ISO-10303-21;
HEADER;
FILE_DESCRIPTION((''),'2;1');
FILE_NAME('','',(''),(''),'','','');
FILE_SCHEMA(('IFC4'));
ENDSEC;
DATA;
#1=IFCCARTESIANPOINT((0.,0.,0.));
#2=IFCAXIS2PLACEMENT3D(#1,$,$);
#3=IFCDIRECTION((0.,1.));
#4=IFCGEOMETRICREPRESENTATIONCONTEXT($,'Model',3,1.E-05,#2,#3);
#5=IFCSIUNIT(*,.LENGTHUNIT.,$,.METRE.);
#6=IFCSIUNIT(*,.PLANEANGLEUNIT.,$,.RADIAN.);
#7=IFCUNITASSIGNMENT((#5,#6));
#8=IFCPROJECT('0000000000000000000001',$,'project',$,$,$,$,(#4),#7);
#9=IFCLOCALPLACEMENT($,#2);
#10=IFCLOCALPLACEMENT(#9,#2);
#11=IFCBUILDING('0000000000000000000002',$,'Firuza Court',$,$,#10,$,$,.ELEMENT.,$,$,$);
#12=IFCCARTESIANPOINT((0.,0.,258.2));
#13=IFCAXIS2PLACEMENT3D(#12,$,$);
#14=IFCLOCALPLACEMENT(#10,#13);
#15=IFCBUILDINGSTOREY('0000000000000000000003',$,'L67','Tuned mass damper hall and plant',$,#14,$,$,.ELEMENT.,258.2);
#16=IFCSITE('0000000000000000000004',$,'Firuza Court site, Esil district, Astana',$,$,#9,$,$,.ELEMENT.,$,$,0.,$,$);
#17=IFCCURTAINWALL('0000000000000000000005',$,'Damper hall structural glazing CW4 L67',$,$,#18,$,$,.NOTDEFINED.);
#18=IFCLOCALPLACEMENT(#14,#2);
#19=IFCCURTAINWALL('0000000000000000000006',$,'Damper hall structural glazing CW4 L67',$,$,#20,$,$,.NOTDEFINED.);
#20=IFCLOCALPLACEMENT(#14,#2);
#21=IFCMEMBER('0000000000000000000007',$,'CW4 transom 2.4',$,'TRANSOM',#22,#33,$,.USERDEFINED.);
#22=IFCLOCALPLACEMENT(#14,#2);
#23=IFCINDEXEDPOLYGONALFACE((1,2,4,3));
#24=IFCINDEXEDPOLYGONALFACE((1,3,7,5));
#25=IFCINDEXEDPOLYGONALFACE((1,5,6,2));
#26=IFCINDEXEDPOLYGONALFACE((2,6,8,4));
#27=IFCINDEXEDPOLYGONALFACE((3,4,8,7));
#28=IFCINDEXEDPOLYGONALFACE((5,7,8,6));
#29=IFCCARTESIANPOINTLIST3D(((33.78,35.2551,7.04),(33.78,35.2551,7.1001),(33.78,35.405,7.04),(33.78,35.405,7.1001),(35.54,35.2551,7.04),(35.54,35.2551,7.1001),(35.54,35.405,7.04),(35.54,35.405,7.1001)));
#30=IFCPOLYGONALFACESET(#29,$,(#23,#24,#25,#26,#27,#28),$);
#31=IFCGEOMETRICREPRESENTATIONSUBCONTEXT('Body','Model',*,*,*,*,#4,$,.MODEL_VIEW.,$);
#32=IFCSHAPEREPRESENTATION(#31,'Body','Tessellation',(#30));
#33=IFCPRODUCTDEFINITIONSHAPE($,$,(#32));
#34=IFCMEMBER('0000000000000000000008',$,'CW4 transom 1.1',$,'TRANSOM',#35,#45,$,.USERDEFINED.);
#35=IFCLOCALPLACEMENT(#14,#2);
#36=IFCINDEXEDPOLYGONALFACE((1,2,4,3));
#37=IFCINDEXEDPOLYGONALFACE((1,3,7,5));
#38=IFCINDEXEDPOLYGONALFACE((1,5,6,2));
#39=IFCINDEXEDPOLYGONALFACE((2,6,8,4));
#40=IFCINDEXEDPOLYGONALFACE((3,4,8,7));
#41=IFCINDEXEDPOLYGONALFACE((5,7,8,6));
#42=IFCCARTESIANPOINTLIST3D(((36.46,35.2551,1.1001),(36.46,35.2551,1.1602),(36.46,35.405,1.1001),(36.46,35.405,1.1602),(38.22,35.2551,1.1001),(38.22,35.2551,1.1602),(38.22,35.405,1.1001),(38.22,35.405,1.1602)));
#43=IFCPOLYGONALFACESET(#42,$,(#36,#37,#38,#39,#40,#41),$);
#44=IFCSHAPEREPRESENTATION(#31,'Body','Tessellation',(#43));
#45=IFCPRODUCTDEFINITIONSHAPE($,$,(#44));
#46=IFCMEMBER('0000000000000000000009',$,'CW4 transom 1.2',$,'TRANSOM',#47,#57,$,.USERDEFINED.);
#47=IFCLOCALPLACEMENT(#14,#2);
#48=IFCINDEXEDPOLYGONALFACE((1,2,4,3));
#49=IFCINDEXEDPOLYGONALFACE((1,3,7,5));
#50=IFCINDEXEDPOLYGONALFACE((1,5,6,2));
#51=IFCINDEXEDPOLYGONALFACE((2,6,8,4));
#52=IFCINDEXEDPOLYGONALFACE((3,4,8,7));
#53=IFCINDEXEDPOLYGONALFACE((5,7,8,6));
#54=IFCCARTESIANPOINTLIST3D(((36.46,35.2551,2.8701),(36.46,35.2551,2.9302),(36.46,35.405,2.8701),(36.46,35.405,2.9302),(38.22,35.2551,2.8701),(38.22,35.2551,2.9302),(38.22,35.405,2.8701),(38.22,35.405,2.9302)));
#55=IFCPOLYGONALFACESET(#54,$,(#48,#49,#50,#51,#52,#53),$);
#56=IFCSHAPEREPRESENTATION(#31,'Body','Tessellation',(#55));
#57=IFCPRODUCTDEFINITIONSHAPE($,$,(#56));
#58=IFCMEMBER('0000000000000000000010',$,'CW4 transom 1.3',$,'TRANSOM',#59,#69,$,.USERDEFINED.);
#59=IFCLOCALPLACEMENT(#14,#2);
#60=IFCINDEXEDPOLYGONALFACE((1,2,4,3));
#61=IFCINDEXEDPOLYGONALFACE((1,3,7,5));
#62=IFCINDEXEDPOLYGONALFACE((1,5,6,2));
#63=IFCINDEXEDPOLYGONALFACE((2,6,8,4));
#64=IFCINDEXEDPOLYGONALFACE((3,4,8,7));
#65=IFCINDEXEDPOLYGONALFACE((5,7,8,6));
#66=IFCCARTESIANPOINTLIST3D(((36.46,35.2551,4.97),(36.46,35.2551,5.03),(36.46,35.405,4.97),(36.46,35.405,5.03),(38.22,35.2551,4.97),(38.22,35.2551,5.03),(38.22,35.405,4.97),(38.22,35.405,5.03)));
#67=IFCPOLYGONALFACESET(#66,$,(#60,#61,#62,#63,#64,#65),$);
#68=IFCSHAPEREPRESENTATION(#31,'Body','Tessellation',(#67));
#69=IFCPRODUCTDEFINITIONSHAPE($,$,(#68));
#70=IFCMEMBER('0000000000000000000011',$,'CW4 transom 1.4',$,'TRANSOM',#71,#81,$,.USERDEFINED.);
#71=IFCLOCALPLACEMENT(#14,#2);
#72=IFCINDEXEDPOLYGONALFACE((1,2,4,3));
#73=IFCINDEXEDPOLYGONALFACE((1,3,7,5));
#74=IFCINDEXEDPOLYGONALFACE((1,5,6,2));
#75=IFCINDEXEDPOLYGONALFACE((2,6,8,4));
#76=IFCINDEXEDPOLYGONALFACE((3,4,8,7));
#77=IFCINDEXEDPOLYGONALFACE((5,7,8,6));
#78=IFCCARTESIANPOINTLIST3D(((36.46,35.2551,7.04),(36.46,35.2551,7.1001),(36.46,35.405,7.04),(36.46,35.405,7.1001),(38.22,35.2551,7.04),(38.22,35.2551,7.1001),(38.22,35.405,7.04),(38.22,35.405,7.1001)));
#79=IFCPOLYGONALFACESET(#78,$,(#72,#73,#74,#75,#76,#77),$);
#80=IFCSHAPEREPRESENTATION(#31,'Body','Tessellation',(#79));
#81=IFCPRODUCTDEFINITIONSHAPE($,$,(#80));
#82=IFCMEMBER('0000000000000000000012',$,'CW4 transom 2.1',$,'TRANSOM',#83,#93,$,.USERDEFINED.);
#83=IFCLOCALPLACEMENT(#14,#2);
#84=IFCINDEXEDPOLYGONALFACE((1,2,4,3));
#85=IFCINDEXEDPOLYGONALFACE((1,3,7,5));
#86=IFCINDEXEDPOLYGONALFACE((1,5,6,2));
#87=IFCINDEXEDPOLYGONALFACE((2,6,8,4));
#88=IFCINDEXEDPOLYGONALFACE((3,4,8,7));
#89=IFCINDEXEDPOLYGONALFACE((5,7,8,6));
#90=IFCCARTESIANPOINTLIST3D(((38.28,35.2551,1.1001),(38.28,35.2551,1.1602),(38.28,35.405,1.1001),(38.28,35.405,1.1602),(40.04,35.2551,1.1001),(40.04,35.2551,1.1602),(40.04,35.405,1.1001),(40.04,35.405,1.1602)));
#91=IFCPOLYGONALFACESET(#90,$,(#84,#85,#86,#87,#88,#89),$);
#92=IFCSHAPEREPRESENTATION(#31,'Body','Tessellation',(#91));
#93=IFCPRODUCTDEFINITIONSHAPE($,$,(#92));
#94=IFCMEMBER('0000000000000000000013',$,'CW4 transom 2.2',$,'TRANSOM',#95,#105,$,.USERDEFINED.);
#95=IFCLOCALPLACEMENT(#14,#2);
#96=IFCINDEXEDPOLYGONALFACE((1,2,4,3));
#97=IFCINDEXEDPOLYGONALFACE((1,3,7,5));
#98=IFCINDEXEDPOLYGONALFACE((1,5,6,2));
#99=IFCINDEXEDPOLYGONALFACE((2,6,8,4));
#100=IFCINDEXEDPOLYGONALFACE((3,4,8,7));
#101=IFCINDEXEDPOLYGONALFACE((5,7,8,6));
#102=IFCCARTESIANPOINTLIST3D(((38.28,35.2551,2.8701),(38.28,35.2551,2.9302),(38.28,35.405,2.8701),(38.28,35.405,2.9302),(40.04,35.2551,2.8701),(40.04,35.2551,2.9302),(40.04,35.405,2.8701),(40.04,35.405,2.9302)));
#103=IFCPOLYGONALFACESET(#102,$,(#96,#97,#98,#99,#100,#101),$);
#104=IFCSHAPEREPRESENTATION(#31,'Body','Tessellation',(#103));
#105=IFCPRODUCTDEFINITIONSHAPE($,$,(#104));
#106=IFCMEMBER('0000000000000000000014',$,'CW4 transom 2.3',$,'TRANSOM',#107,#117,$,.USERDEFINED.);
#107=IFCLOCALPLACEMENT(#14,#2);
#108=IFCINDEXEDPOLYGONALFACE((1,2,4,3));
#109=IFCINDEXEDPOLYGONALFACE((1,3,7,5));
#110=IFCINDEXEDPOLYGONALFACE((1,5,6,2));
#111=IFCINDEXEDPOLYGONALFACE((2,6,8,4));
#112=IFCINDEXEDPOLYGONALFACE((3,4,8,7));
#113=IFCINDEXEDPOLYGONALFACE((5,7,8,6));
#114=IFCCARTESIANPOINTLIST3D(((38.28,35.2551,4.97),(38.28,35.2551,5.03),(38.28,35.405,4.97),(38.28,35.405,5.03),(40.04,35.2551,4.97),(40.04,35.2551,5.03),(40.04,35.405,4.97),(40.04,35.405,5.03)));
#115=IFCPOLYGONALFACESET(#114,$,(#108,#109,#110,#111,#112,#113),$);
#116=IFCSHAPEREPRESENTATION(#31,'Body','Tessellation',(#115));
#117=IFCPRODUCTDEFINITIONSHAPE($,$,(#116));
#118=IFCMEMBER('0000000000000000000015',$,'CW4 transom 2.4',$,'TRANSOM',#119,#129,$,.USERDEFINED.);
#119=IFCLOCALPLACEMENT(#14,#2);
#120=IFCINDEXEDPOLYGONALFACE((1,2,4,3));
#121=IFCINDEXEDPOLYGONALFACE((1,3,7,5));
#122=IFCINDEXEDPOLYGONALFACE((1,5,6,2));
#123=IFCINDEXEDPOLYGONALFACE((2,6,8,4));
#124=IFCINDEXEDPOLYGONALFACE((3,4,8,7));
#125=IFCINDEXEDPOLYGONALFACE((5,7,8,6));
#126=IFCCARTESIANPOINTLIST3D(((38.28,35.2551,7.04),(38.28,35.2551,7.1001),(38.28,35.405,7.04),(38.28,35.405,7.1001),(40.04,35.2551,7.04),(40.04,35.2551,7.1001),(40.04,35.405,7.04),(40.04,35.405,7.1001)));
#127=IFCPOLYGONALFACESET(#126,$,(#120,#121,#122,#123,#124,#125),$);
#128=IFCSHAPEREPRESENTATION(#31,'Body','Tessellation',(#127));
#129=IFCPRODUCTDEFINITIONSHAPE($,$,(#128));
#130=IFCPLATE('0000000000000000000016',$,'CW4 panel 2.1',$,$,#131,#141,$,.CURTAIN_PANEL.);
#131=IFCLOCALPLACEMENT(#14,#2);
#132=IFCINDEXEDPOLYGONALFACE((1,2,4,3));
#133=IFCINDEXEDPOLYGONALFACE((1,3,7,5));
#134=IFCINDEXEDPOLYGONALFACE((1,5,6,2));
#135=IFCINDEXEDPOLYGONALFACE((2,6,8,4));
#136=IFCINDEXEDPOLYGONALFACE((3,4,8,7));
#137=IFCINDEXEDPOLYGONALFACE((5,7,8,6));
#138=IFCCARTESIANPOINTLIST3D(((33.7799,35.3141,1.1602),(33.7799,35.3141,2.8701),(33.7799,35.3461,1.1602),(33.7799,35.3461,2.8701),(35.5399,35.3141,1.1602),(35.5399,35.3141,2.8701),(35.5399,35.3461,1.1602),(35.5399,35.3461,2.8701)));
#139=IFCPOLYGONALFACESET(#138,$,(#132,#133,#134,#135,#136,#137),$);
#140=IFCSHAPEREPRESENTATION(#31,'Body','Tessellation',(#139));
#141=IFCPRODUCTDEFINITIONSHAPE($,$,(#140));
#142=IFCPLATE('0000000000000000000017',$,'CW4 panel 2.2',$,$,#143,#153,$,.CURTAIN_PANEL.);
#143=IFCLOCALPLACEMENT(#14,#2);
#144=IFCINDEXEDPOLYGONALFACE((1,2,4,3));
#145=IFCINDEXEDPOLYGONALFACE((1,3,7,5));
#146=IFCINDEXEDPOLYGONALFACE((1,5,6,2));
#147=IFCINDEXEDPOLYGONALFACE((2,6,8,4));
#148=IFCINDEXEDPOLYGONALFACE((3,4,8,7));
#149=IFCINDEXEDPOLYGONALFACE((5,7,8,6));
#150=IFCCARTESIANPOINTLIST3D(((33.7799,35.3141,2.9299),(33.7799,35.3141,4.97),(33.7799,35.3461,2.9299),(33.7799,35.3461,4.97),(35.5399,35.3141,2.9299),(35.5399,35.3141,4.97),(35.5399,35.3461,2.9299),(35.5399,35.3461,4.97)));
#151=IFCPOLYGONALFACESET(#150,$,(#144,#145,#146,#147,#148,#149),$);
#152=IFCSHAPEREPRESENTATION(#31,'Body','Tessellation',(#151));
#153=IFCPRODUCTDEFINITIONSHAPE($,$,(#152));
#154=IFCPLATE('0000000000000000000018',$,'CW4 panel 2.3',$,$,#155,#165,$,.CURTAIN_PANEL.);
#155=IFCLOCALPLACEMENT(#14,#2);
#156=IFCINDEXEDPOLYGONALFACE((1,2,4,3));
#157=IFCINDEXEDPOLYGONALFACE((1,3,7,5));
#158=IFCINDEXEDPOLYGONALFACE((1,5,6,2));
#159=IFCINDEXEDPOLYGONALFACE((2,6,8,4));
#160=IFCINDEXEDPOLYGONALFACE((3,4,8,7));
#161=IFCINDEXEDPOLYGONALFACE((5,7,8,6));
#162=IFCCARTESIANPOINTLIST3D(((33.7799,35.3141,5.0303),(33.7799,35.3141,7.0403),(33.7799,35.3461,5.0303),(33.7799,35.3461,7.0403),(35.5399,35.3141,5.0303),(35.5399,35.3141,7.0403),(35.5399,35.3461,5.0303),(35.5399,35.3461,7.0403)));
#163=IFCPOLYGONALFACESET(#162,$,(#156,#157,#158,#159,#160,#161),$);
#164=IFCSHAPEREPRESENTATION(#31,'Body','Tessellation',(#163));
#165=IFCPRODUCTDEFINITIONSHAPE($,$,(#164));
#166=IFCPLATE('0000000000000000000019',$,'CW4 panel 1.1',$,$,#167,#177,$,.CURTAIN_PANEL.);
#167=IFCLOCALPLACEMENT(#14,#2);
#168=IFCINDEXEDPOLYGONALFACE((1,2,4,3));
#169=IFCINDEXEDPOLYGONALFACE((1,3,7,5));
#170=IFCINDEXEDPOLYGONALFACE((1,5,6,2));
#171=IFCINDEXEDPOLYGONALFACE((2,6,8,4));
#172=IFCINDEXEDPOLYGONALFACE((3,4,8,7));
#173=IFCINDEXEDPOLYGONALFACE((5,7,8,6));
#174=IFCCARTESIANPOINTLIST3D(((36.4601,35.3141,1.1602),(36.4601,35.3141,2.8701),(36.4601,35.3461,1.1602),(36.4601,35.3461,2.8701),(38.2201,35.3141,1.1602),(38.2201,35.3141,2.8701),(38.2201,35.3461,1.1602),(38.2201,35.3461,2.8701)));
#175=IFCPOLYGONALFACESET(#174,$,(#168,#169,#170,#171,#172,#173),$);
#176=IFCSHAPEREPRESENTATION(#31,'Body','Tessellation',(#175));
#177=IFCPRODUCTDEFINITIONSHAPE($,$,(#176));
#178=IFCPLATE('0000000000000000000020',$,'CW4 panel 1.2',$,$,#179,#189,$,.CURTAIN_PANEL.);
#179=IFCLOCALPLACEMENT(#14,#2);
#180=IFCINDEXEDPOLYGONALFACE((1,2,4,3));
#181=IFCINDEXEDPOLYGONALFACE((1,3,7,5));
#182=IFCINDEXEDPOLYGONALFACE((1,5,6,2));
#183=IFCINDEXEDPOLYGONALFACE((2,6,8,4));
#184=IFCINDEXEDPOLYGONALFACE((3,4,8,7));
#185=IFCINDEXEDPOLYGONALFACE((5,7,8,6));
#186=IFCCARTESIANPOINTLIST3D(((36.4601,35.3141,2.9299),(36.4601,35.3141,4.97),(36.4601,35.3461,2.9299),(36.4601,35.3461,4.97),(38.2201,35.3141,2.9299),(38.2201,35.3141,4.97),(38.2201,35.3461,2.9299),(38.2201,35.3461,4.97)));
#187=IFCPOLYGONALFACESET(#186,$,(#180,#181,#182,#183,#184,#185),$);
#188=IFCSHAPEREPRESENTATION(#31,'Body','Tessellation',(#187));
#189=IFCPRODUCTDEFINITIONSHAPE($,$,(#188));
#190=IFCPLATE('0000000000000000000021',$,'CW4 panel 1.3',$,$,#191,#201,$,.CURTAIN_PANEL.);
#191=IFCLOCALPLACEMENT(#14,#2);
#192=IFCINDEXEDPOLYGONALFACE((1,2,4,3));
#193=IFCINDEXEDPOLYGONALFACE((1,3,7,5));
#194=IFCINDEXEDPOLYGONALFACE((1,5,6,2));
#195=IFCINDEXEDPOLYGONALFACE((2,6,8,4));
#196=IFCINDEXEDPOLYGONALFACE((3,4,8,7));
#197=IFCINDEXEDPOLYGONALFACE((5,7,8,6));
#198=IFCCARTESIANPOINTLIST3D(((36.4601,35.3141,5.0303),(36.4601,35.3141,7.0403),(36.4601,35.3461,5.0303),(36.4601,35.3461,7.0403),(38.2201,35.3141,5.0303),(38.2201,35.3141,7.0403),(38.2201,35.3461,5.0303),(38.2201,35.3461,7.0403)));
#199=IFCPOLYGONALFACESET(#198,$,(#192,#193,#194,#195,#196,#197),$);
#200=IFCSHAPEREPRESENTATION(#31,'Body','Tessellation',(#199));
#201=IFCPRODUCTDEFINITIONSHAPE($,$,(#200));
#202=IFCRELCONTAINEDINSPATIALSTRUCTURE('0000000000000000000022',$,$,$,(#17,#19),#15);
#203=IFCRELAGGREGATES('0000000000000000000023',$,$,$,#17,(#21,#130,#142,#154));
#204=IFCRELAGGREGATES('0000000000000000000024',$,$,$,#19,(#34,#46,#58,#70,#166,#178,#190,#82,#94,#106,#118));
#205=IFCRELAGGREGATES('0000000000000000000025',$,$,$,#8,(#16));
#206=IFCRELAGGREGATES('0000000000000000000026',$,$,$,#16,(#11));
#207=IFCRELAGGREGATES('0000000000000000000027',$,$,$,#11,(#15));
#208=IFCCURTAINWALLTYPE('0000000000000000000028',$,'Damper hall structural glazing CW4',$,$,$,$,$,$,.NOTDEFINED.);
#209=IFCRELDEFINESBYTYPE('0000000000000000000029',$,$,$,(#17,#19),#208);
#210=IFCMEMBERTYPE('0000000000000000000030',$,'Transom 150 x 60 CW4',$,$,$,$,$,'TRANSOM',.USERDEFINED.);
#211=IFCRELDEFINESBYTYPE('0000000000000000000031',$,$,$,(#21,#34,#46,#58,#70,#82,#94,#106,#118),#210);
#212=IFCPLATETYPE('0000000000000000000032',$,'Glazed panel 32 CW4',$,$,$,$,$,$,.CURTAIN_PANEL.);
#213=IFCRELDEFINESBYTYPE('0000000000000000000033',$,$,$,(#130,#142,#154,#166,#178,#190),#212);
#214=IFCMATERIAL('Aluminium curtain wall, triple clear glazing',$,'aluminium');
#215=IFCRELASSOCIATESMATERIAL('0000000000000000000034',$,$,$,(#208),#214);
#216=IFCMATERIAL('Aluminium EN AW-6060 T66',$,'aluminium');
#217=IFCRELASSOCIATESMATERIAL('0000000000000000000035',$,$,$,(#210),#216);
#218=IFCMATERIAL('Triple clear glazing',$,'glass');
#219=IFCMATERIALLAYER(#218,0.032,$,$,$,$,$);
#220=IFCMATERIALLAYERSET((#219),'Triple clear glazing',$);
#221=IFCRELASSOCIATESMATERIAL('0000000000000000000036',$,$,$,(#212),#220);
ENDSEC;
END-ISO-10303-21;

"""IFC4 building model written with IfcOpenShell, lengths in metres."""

from ifc_helpers import new_model, si_unit, direction, frame, origin, origin_2d, place, context, subcontext, project, spatial, rectangle, extrude, material, layer, layer_set, material_profile, profile_set, type_object, element, aggregate, save


model = new_model("IFC4")

# Units and contexts
model_context = context("Model", 3, precision=1e-05, world=origin(), true_north=direction((0.0, 1.0)))
body_context = subcontext(model_context, "Body", "Model", "MODEL_VIEW")
ifc_project = project(units=[si_unit("LENGTHUNIT", "METRE"), si_unit("PLANEANGLEUNIT", "RADIAN")], contexts=[model_context])

# Site, building, storey
site_placement = place(None, origin())
site = spatial("IfcSite", under=ifc_project, at=site_placement, Name="Firuza Court site, Esil district, Astana", CompositionType="ELEMENT", RefElevation=0.0)
building_placement = place(site_placement, origin())
building = spatial("IfcBuilding", under=site, at=building_placement, Name="Firuza Court", CompositionType="ELEMENT")
storey_placement = place(building_placement, frame((0.0, 0.0, 258.2)))
storey = spatial("IfcBuildingStorey", under=building, at=storey_placement, Name="L67", Description="Tuned mass damper hall and plant", CompositionType="ELEMENT", Elevation=258.2)

# Curtain wall
ifc_material_1 = material(Name="Aluminium curtain wall, triple clear glazing", Category="aluminium")
curtain_wall_type = type_object("IfcCurtainWallType", Name="Damper hall structural glazing CW4", PredefinedType="NOTDEFINED", material=ifc_material_1)
curtain_wall_1_placement = place(storey_placement, origin())
curtain_wall_1 = element("IfcCurtainWall", 1, at=curtain_wall_1_placement, inside=storey, type_object=curtain_wall_type, Name="Damper hall structural glazing CW4 L67", PredefinedType="NOTDEFINED")

# Curtain wall
curtain_wall_2_placement = place(storey_placement, origin())
curtain_wall_2 = element("IfcCurtainWall", 2, at=curtain_wall_2_placement, inside=storey, type_object=curtain_wall_type, Name="Damper hall structural glazing CW4 L67", PredefinedType="NOTDEFINED")

# Members
ifc_material_2 = material(Name="Aluminium EN AW-6060 T66", Category="aluminium")
ifc_material_profile_1 = material_profile(ifc_material_2, rectangle(XDim=0.1499, YDim=0.0601, at=origin_2d()), Name="Transom 150 x 60 CW4")
ifc_profile_set_1 = profile_set([ifc_material_profile_1], Name="Aluminium EN AW-6060 T66")
member_type_1 = type_object("IfcMemberType", Name="Transom 150 x 60 CW4", ElementType="TRANSOM", PredefinedType="USERDEFINED", material=ifc_profile_set_1)
member_1_placement = place(storey_placement, frame((33.78, 35.3301, 7.0701), z_axis=(1.0, 0.0, 0.0), x_axis=(0.0, 1.0, 0.0)))
member_1 = element("IfcMember", 3, at=member_1_placement, type_object=member_type_1, Name="CW4 transom 2.4", ObjectType="TRANSOM", PredefinedType="USERDEFINED", context=body_context, shape_type="SweptSolid", body=[
    extrude(rectangle(XDim=0.1499, YDim=0.0601, at=origin_2d()), origin(), (0.0, 0.0, 1.0), 1.76),
])
member_2_placement = place(storey_placement, frame((36.46, 35.3301, 1.1301), z_axis=(1.0, 0.0, 0.0), x_axis=(0.0, 1.0, 0.0)))
member_2 = element("IfcMember", 4, at=member_2_placement, type_object=member_type_1, Name="CW4 transom 1.1", ObjectType="TRANSOM", PredefinedType="USERDEFINED", context=body_context, shape_type="SweptSolid", body=[
    extrude(rectangle(XDim=0.1499, YDim=0.0601, at=origin_2d()), origin(), (0.0, 0.0, 1.0), 1.76),
])
member_3_placement = place(storey_placement, frame((36.46, 35.3301, 2.9001), z_axis=(1.0, 0.0, 0.0), x_axis=(0.0, 1.0, 0.0)))
member_3 = element("IfcMember", 5, at=member_3_placement, type_object=member_type_1, Name="CW4 transom 1.2", ObjectType="TRANSOM", PredefinedType="USERDEFINED", context=body_context, shape_type="SweptSolid", body=[
    extrude(rectangle(XDim=0.1499, YDim=0.0601, at=origin_2d()), origin(), (0.0, 0.0, 1.0), 1.76),
])
member_4_placement = place(storey_placement, frame((36.46, 35.3301, 5.0), z_axis=(1.0, 0.0, 0.0), x_axis=(0.0, 1.0, 0.0)))
member_4 = element("IfcMember", 6, at=member_4_placement, type_object=member_type_1, Name="CW4 transom 1.3", ObjectType="TRANSOM", PredefinedType="USERDEFINED", context=body_context, shape_type="SweptSolid", body=[
    extrude(rectangle(XDim=0.1499, YDim=0.0601, at=origin_2d()), origin(), (0.0, 0.0, 1.0), 1.76),
])
member_5_placement = place(storey_placement, frame((36.46, 35.3301, 7.0701), z_axis=(1.0, 0.0, 0.0), x_axis=(0.0, 1.0, 0.0)))
member_5 = element("IfcMember", 7, at=member_5_placement, type_object=member_type_1, Name="CW4 transom 1.4", ObjectType="TRANSOM", PredefinedType="USERDEFINED", context=body_context, shape_type="SweptSolid", body=[
    extrude(rectangle(XDim=0.1499, YDim=0.0601, at=origin_2d()), origin(), (0.0, 0.0, 1.0), 1.76),
])
member_6_placement = place(storey_placement, frame((38.28, 35.3301, 1.1301), z_axis=(1.0, 0.0, 0.0), x_axis=(0.0, 1.0, 0.0)))
member_6 = element("IfcMember", 8, at=member_6_placement, type_object=member_type_1, Name="CW4 transom 2.1", ObjectType="TRANSOM", PredefinedType="USERDEFINED", context=body_context, shape_type="SweptSolid", body=[
    extrude(rectangle(XDim=0.1499, YDim=0.0601, at=origin_2d()), origin(), (0.0, 0.0, 1.0), 1.76),
])
member_7_placement = place(storey_placement, frame((38.28, 35.3301, 2.9001), z_axis=(1.0, 0.0, 0.0), x_axis=(0.0, 1.0, 0.0)))
member_7 = element("IfcMember", 9, at=member_7_placement, type_object=member_type_1, Name="CW4 transom 2.2", ObjectType="TRANSOM", PredefinedType="USERDEFINED", context=body_context, shape_type="SweptSolid", body=[
    extrude(rectangle(XDim=0.1499, YDim=0.0601, at=origin_2d()), origin(), (0.0, 0.0, 1.0), 1.76),
])
member_8_placement = place(storey_placement, frame((38.28, 35.3301, 5.0), z_axis=(1.0, 0.0, 0.0), x_axis=(0.0, 1.0, 0.0)))
member_8 = element("IfcMember", 10, at=member_8_placement, type_object=member_type_1, Name="CW4 transom 2.3", ObjectType="TRANSOM", PredefinedType="USERDEFINED", context=body_context, shape_type="SweptSolid", body=[
    extrude(rectangle(XDim=0.1499, YDim=0.0601, at=origin_2d()), origin(), (0.0, 0.0, 1.0), 1.76),
])
member_9_placement = place(storey_placement, frame((38.28, 35.3301, 7.0701), z_axis=(1.0, 0.0, 0.0), x_axis=(0.0, 1.0, 0.0)))
member_9 = element("IfcMember", 11, at=member_9_placement, type_object=member_type_1, Name="CW4 transom 2.4", ObjectType="TRANSOM", PredefinedType="USERDEFINED", context=body_context, shape_type="SweptSolid", body=[
    extrude(rectangle(XDim=0.1499, YDim=0.0601, at=origin_2d()), origin(), (0.0, 0.0, 1.0), 1.76),
])

# Plates
ifc_material_3 = material(Name="Triple clear glazing", Category="glass")
ifc_layer_1 = layer(ifc_material_3, 0.032)
ifc_layer_set_1 = layer_set([ifc_layer_1], Name="Triple clear glazing")
plate_type = type_object("IfcPlateType", Name="Glazed panel 32 CW4", PredefinedType="CURTAIN_PANEL", material=ifc_layer_set_1)
plate_1_placement = place(storey_placement, frame((34.6599, 35.3301, 1.1602), z_axis=(0.0, 0.0, 1.0), x_axis=(1.0, 0.0, 0.0)))
plate_1 = element("IfcPlate", 12, at=plate_1_placement, type_object=plate_type, Name="CW4 panel 2.1", PredefinedType="CURTAIN_PANEL", context=body_context, shape_type="SweptSolid", body=[
    extrude(rectangle(XDim=1.76, YDim=0.032, at=origin_2d()), origin(), (0.0, 0.0, 1.0), 1.71),
])
plate_2_placement = place(storey_placement, frame((34.6599, 35.3301, 2.9299), z_axis=(0.0, 0.0, 1.0), x_axis=(1.0, 0.0, 0.0)))
plate_2 = element("IfcPlate", 13, at=plate_2_placement, type_object=plate_type, Name="CW4 panel 2.2", PredefinedType="CURTAIN_PANEL", context=body_context, shape_type="SweptSolid", body=[
    extrude(rectangle(XDim=1.76, YDim=0.032, at=origin_2d()), origin(), (0.0, 0.0, 1.0), 2.04),
])
plate_3_placement = place(storey_placement, frame((34.6599, 35.3301, 5.0303), z_axis=(0.0, 0.0, 1.0), x_axis=(1.0, 0.0, 0.0)))
plate_3 = element("IfcPlate", 14, at=plate_3_placement, type_object=plate_type, Name="CW4 panel 2.3", PredefinedType="CURTAIN_PANEL", context=body_context, shape_type="SweptSolid", body=[
    extrude(rectangle(XDim=1.76, YDim=0.032, at=origin_2d()), origin(), (0.0, 0.0, 1.0), 2.01),
])
aggregate(curtain_wall_1, [member_1, plate_1, plate_2, plate_3])
plate_4_placement = place(storey_placement, frame((37.3401, 35.3301, 1.1602), z_axis=(0.0, 0.0, 1.0), x_axis=(1.0, 0.0, 0.0)))
plate_4 = element("IfcPlate", 15, at=plate_4_placement, type_object=plate_type, Name="CW4 panel 1.1", PredefinedType="CURTAIN_PANEL", context=body_context, shape_type="SweptSolid", body=[
    extrude(rectangle(XDim=1.76, YDim=0.032, at=origin_2d()), origin(), (0.0, 0.0, 1.0), 1.71),
])
plate_5_placement = place(storey_placement, frame((37.3401, 35.3301, 2.9299), z_axis=(0.0, 0.0, 1.0), x_axis=(1.0, 0.0, 0.0)))
plate_5 = element("IfcPlate", 16, at=plate_5_placement, type_object=plate_type, Name="CW4 panel 1.2", PredefinedType="CURTAIN_PANEL", context=body_context, shape_type="SweptSolid", body=[
    extrude(rectangle(XDim=1.76, YDim=0.032, at=origin_2d()), origin(), (0.0, 0.0, 1.0), 2.04),
])
plate_6_placement = place(storey_placement, frame((37.3401, 35.3301, 5.0303), z_axis=(0.0, 0.0, 1.0), x_axis=(1.0, 0.0, 0.0)))
plate_6 = element("IfcPlate", 17, at=plate_6_placement, type_object=plate_type, Name="CW4 panel 1.3", PredefinedType="CURTAIN_PANEL", context=body_context, shape_type="SweptSolid", body=[
    extrude(rectangle(XDim=1.76, YDim=0.032, at=origin_2d()), origin(), (0.0, 0.0, 1.0), 2.01),
])
aggregate(curtain_wall_2, [member_2, member_3, member_4, member_5, plate_4, plate_5, plate_6, member_6, member_7, member_8, member_9])

save(model, "model.ifc")
